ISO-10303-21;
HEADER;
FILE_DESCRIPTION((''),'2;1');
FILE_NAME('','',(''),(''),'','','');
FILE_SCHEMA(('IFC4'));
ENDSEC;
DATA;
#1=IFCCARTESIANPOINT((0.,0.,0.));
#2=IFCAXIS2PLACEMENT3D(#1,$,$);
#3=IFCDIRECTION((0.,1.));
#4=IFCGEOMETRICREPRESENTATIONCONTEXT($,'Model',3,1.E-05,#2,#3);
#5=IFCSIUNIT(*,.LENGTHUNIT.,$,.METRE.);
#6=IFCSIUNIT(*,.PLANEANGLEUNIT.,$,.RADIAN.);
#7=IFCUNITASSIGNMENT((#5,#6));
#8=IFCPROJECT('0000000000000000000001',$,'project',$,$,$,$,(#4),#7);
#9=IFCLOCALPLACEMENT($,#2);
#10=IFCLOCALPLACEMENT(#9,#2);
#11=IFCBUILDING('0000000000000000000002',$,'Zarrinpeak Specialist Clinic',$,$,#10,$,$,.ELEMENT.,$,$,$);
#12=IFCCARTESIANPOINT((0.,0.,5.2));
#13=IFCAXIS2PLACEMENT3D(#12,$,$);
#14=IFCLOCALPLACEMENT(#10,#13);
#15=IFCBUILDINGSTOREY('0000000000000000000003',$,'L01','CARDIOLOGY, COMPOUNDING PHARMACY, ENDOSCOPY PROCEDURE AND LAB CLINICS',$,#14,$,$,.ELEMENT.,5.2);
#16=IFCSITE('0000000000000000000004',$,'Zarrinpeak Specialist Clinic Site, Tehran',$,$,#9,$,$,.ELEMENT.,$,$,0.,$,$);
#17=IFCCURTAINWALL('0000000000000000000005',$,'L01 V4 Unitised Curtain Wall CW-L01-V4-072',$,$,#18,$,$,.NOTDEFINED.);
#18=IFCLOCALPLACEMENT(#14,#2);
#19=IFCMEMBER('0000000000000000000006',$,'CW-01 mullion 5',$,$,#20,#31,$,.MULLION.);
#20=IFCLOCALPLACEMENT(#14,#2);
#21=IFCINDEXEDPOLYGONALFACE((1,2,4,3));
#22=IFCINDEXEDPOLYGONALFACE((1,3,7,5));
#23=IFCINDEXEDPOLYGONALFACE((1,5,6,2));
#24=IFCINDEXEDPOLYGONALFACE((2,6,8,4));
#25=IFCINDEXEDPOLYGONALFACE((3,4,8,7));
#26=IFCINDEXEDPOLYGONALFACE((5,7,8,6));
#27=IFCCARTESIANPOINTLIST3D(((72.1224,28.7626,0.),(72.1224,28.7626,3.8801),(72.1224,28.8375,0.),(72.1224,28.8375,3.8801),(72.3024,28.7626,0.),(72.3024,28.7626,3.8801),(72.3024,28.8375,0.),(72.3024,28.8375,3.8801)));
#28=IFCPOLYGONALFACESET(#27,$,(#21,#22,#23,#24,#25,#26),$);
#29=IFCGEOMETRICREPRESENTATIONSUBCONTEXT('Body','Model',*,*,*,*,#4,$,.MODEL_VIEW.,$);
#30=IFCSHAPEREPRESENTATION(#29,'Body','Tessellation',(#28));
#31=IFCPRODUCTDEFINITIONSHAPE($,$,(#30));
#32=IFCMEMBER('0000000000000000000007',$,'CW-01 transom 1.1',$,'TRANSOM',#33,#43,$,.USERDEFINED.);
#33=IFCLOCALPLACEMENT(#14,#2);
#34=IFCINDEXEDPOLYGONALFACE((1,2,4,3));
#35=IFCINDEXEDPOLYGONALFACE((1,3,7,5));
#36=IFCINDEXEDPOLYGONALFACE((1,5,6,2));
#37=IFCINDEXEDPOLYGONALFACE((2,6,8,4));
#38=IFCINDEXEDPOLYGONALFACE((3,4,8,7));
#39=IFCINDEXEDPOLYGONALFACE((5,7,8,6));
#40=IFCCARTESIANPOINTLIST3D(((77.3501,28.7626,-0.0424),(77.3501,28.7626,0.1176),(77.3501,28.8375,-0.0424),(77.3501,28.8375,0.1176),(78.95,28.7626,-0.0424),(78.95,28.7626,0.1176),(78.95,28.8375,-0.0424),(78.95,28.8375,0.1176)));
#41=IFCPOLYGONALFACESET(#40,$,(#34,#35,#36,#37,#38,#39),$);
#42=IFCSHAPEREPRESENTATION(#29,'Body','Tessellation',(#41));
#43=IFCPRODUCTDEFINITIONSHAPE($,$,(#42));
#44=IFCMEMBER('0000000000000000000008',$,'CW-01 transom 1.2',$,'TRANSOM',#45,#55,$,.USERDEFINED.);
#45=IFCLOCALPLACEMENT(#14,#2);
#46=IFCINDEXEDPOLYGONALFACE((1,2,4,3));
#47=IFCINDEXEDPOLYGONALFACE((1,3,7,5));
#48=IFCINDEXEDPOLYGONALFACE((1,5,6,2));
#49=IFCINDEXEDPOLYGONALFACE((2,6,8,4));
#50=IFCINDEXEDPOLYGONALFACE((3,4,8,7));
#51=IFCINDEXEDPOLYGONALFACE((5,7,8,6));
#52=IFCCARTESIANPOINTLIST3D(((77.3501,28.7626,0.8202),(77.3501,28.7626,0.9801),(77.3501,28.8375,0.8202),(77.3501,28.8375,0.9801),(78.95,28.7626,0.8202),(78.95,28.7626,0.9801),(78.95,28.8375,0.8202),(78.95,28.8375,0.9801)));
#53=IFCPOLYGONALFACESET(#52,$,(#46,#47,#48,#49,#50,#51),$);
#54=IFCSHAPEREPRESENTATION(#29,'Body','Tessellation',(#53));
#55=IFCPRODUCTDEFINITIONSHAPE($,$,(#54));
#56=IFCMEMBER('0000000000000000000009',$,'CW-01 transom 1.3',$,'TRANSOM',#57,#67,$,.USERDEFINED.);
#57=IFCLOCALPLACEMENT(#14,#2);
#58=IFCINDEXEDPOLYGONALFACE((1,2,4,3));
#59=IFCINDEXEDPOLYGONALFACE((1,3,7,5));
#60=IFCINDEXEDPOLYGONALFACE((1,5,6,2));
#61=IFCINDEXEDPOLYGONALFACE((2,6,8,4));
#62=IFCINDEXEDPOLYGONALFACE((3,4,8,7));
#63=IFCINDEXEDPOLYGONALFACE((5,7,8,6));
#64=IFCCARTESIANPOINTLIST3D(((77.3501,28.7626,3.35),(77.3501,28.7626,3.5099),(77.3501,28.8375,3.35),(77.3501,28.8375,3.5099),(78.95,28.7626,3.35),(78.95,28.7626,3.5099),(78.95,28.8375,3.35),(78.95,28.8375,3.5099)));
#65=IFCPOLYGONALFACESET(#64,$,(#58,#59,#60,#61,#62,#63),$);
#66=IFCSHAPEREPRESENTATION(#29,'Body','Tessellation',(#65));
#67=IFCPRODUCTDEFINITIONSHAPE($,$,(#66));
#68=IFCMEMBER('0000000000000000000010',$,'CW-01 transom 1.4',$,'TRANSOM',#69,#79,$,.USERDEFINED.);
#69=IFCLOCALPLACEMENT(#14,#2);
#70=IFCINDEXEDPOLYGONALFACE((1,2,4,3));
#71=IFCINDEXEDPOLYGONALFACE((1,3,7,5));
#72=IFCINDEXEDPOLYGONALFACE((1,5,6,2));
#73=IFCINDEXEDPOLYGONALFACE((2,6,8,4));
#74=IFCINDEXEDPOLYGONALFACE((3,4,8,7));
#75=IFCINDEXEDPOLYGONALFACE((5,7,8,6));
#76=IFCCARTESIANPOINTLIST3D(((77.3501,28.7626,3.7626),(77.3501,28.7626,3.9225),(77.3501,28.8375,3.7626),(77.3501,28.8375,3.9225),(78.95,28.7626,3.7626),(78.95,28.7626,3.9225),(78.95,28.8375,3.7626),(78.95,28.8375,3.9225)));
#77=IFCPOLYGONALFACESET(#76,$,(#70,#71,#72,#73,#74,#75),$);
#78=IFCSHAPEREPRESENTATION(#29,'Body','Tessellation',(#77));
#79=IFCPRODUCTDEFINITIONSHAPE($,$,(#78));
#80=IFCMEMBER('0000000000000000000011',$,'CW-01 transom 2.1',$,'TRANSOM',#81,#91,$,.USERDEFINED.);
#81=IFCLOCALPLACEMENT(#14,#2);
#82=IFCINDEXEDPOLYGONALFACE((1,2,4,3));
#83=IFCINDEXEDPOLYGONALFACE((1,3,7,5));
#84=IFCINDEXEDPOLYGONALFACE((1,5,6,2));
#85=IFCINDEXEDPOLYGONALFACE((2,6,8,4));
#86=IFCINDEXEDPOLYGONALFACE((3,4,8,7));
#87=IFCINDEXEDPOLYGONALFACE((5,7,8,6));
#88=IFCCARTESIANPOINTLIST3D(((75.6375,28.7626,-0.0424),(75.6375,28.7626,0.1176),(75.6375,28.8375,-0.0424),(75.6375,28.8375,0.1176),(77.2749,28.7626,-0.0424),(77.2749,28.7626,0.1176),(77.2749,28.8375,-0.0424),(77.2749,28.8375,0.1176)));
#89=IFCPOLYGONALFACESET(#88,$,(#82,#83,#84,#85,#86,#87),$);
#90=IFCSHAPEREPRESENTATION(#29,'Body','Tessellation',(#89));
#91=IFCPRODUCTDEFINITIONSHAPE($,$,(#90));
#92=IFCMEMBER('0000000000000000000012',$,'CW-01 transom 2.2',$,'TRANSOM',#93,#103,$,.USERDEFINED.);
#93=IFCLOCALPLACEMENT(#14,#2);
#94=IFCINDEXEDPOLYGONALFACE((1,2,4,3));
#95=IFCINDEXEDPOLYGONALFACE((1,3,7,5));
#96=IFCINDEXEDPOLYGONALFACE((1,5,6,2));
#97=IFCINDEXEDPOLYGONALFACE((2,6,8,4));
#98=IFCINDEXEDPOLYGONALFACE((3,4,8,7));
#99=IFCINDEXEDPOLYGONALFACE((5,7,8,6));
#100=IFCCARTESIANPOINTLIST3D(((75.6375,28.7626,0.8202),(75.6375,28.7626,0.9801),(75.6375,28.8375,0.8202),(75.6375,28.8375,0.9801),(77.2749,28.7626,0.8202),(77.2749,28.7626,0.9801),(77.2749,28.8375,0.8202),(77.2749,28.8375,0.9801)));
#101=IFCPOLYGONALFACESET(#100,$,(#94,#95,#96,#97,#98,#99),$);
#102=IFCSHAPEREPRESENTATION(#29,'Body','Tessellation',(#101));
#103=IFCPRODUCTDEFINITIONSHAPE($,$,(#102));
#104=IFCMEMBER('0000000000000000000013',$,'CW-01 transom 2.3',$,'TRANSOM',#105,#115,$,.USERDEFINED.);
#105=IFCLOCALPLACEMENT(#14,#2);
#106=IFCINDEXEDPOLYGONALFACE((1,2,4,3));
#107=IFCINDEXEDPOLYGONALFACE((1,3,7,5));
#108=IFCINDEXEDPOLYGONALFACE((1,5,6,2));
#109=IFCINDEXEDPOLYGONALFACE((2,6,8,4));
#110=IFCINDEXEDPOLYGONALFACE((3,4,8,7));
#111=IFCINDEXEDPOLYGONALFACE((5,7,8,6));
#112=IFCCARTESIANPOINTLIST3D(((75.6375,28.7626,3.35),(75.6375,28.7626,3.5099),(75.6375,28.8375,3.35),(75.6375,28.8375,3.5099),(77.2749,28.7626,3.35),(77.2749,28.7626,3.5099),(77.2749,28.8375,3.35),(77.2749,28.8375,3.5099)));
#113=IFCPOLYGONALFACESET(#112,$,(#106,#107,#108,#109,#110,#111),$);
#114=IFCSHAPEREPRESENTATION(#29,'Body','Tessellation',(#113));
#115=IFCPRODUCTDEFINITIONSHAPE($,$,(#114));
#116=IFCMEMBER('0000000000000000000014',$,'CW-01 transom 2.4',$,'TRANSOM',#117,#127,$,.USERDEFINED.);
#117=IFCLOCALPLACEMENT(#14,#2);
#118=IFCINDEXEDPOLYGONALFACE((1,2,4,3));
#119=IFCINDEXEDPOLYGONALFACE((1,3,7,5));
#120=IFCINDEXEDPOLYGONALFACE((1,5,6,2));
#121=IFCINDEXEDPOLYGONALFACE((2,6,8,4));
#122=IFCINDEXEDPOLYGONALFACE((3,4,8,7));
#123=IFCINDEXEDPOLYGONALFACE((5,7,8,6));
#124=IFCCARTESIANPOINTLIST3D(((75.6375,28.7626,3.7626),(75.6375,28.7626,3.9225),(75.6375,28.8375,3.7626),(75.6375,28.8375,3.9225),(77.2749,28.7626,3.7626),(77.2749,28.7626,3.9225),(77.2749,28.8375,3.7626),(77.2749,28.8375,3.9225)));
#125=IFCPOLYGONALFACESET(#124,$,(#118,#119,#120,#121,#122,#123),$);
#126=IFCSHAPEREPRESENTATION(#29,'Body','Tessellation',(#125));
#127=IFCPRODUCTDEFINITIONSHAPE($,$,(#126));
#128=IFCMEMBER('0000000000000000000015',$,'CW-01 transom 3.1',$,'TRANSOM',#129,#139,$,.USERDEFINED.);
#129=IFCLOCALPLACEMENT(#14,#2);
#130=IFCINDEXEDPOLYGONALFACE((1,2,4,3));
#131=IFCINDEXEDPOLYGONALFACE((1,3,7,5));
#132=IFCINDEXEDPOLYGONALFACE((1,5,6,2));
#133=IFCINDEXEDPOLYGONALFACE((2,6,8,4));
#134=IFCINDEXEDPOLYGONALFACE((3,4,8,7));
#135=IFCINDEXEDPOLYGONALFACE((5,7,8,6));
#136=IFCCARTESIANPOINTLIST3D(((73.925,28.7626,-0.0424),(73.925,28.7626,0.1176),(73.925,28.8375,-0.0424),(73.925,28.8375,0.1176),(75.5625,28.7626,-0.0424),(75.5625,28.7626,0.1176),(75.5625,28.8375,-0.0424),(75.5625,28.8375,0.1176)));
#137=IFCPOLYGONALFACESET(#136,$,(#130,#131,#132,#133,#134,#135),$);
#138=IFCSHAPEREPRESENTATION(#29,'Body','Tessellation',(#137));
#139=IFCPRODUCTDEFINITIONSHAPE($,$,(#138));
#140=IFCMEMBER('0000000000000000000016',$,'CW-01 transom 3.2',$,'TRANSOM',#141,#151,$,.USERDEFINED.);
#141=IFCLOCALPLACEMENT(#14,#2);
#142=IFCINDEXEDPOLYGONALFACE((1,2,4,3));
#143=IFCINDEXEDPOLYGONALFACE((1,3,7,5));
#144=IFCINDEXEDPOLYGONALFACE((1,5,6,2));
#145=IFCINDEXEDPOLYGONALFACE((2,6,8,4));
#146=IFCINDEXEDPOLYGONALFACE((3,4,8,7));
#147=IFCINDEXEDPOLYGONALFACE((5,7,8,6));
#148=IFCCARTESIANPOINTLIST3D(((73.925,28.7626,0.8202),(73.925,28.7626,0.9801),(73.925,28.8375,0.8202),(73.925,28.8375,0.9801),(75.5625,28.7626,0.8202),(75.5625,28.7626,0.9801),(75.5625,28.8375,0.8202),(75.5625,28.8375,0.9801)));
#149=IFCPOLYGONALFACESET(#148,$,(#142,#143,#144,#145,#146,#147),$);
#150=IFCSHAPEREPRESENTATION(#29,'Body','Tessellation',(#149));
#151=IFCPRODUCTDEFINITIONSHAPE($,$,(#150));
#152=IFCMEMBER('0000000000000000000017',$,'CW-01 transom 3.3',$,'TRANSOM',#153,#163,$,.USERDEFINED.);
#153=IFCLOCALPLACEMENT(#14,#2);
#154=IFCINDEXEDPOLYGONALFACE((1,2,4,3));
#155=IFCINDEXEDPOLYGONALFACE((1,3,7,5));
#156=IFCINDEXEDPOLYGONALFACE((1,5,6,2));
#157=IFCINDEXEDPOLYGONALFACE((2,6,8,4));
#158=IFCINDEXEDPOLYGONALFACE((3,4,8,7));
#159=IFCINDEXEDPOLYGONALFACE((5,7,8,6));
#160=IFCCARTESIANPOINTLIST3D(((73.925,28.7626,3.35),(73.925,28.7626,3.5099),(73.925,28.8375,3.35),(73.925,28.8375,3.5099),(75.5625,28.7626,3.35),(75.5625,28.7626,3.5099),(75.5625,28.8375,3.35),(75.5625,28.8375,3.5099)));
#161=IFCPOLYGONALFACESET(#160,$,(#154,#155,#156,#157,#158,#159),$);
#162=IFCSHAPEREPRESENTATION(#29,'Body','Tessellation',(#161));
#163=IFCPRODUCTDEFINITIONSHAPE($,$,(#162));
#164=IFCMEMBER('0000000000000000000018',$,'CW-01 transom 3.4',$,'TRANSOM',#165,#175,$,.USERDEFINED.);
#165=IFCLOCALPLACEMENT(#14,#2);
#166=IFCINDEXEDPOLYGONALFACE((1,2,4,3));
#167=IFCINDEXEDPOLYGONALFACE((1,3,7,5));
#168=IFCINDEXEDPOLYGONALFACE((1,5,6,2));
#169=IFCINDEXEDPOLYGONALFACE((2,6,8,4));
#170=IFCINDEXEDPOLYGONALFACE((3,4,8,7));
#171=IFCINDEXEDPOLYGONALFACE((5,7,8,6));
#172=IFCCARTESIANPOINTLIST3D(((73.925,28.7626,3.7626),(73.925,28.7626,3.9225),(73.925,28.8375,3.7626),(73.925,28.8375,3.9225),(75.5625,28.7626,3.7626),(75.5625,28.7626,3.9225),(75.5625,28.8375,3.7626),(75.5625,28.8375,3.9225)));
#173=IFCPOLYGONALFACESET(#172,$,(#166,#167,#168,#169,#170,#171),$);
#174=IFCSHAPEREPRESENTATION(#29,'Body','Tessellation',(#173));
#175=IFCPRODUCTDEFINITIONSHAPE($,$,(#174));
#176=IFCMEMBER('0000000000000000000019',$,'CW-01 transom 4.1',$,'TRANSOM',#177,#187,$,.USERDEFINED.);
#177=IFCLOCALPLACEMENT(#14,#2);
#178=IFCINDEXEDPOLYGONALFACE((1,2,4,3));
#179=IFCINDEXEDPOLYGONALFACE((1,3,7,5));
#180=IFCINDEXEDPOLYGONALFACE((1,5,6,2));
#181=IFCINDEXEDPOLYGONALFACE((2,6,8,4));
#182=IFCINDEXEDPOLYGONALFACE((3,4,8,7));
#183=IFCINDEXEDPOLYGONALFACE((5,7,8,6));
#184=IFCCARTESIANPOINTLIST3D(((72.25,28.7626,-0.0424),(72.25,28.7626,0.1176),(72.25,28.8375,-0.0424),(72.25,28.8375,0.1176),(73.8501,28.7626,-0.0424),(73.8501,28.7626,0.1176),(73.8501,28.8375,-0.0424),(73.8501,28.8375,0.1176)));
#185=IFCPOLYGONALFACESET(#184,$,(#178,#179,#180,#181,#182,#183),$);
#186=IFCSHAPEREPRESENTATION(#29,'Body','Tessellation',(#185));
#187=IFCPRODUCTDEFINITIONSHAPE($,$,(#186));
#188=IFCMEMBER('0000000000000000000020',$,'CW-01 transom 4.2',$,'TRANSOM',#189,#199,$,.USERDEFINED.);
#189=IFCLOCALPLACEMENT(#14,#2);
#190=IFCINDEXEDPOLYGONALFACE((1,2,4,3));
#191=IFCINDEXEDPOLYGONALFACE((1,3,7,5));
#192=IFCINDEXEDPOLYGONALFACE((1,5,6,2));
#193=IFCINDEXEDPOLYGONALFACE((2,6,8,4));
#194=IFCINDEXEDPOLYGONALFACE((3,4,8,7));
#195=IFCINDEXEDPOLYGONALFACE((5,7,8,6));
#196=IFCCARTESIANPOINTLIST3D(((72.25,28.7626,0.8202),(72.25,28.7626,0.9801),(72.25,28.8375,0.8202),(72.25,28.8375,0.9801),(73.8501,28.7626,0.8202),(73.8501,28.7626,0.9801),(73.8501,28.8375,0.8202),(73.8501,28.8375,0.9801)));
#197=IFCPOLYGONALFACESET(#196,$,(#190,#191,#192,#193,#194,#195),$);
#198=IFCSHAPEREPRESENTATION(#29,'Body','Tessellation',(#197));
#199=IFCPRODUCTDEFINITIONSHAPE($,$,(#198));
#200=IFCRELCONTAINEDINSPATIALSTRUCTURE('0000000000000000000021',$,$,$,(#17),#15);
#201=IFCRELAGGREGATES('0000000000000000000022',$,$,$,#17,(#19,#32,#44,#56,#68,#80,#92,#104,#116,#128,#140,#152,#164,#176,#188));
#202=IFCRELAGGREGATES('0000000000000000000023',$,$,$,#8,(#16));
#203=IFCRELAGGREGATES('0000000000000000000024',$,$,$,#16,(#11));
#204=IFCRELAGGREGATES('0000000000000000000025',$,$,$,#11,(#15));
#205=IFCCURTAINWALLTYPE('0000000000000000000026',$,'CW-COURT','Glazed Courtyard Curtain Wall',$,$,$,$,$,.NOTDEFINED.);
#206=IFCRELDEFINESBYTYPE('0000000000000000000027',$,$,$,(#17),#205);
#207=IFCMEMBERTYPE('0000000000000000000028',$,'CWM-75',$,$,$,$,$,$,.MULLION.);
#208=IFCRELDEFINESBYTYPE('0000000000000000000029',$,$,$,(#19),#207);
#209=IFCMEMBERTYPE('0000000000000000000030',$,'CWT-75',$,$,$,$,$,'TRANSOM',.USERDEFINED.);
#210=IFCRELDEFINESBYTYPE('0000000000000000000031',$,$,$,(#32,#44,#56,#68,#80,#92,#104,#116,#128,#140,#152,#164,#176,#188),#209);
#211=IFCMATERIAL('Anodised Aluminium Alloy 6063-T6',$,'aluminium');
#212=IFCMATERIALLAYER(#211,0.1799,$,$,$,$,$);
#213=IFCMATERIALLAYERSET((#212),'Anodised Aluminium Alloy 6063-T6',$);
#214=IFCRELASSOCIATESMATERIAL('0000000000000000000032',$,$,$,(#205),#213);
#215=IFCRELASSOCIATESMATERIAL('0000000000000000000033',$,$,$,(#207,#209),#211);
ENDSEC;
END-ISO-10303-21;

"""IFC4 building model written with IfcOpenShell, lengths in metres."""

from ifc_helpers import new_model, si_unit, direction, frame, origin, origin_2d, place, context, subcontext, project, spatial, rectangle, extrude, material, layer, layer_set, material_profile, profile_set, type_object, element, aggregate, save


model = new_model("IFC4")

# Units and contexts
model_context = context("Model", 3, precision=1e-05, world=origin(), true_north=direction((0.0, 1.0)))
body_context = subcontext(model_context, "Body", "Model", "MODEL_VIEW")
ifc_project = project(units=[si_unit("LENGTHUNIT", "METRE"), si_unit("PLANEANGLEUNIT", "RADIAN")], contexts=[model_context])

# Site, building, storey
site_placement = place(None, origin())
site = spatial("IfcSite", under=ifc_project, at=site_placement, Name="Zarrinpeak Specialist Clinic Site, Tehran", CompositionType="ELEMENT", RefElevation=0.0)
building_placement = place(site_placement, origin())
building = spatial("IfcBuilding", under=site, at=building_placement, Name="Zarrinpeak Specialist Clinic", CompositionType="ELEMENT")
storey_placement = place(building_placement, frame((0.0, 0.0, 5.2)))
storey = spatial("IfcBuildingStorey", under=building, at=storey_placement, Name="L01", Description="CARDIOLOGY, COMPOUNDING PHARMACY, ENDOSCOPY PROCEDURE AND LAB CLINICS", CompositionType="ELEMENT", Elevation=5.2)

# Curtain wall, members
ifc_material_1 = material(Name="Anodised Aluminium Alloy 6063-T6", Category="aluminium")
ifc_layer_1 = layer(ifc_material_1, 0.1799)
ifc_layer_set_1 = layer_set([ifc_layer_1], Name="Anodised Aluminium Alloy 6063-T6")
curtain_wall_type = type_object("IfcCurtainWallType", Name="CW-COURT", Description="Glazed Courtyard Curtain Wall", PredefinedType="NOTDEFINED", material=ifc_layer_set_1)
curtain_wall_placement = place(storey_placement, origin())
curtain_wall = element("IfcCurtainWall", 1, at=curtain_wall_placement, inside=storey, type_object=curtain_wall_type, Name="L01 V4 Unitised Curtain Wall CW-L01-V4-072", PredefinedType="NOTDEFINED")
ifc_material_profile_1 = material_profile(ifc_material_1, rectangle(XDim=0.075, YDim=0.1799, at=origin_2d()), Name="ALU 75x180")
ifc_profile_set_1 = profile_set([ifc_material_profile_1], Name="Anodised Aluminium Alloy 6063-T6")
member_type_1 = type_object("IfcMemberType", Name="CWM-75", PredefinedType="MULLION", material=ifc_profile_set_1)
member_1_placement = place(storey_placement, frame((72.2124, 28.8, 0.0), z_axis=(0.0, 0.0, 1.0), x_axis=(0.0, -1.0, 0.0)))
member_1 = element("IfcMember", 2, at=member_1_placement, type_object=member_type_1, Name="CW-01 mullion 5", PredefinedType="MULLION", context=body_context, shape_type="SweptSolid", body=[
    extrude(rectangle(XDim=0.075, YDim=0.1799, at=origin_2d()), origin(), (0.0, 0.0, 1.0), 3.8801),
])
ifc_material_profile_2 = material_profile(ifc_material_1, rectangle(XDim=0.075, YDim=0.1599, at=origin_2d()), Name="ALU 75x160")
ifc_profile_set_2 = profile_set([ifc_material_profile_2], Name="Anodised Aluminium Alloy 6063-T6")
member_type_2 = type_object("IfcMemberType", Name="CWT-75", ElementType="TRANSOM", PredefinedType="USERDEFINED", material=ifc_profile_set_2)
member_2_placement = place(storey_placement, frame((78.95, 28.8, 0.0376), z_axis=(-1.0, 0.0, 0.0), x_axis=(0.0, -1.0, 0.0)))
member_2 = element("IfcMember", 3, at=member_2_placement, type_object=member_type_2, Name="CW-01 transom 1.1", ObjectType="TRANSOM", PredefinedType="USERDEFINED", context=body_context, shape_type="SweptSolid", body=[
    extrude(rectangle(XDim=0.075, YDim=0.1599, at=origin_2d()), origin(), (0.0, 0.0, 1.0), 1.5999),
])
member_3_placement = place(storey_placement, frame((78.95, 28.8, 0.9001), z_axis=(-1.0, 0.0, 0.0), x_axis=(0.0, -1.0, 0.0)))
member_3 = element("IfcMember", 4, at=member_3_placement, type_object=member_type_2, Name="CW-01 transom 1.2", ObjectType="TRANSOM", PredefinedType="USERDEFINED", context=body_context, shape_type="SweptSolid", body=[
    extrude(rectangle(XDim=0.075, YDim=0.1599, at=origin_2d()), origin(), (0.0, 0.0, 1.0), 1.5999),
])
member_4_placement = place(storey_placement, frame((78.95, 28.8, 3.4299), z_axis=(-1.0, 0.0, 0.0), x_axis=(0.0, -1.0, 0.0)))
member_4 = element("IfcMember", 5, at=member_4_placement, type_object=member_type_2, Name="CW-01 transom 1.3", ObjectType="TRANSOM", PredefinedType="USERDEFINED", context=body_context, shape_type="SweptSolid", body=[
    extrude(rectangle(XDim=0.075, YDim=0.1599, at=origin_2d()), origin(), (0.0, 0.0, 1.0), 1.5999),
])
member_5_placement = place(storey_placement, frame((78.95, 28.8, 3.8425), z_axis=(-1.0, 0.0, 0.0), x_axis=(0.0, -1.0, 0.0)))
member_5 = element("IfcMember", 6, at=member_5_placement, type_object=member_type_2, Name="CW-01 transom 1.4", ObjectType="TRANSOM", PredefinedType="USERDEFINED", context=body_context, shape_type="SweptSolid", body=[
    extrude(rectangle(XDim=0.075, YDim=0.1599, at=origin_2d()), origin(), (0.0, 0.0, 1.0), 1.5999),
])
member_6_placement = place(storey_placement, frame((77.2749, 28.8, 0.0376), z_axis=(-1.0, 0.0, 0.0), x_axis=(0.0, -1.0, 0.0)))
member_6 = element("IfcMember", 7, at=member_6_placement, type_object=member_type_2, Name="CW-01 transom 2.1", ObjectType="TRANSOM", PredefinedType="USERDEFINED", context=body_context, shape_type="SweptSolid", body=[
    extrude(rectangle(XDim=0.075, YDim=0.1599, at=origin_2d()), origin(), (0.0, 0.0, 1.0), 1.6375),
])
member_7_placement = place(storey_placement, frame((77.2749, 28.8, 0.9001), z_axis=(-1.0, 0.0, 0.0), x_axis=(0.0, -1.0, 0.0)))
member_7 = element("IfcMember", 8, at=member_7_placement, type_object=member_type_2, Name="CW-01 transom 2.2", ObjectType="TRANSOM", PredefinedType="USERDEFINED", context=body_context, shape_type="SweptSolid", body=[
    extrude(rectangle(XDim=0.075, YDim=0.1599, at=origin_2d()), origin(), (0.0, 0.0, 1.0), 1.6375),
])
member_8_placement = place(storey_placement, frame((77.2749, 28.8, 3.4299), z_axis=(-1.0, 0.0, 0.0), x_axis=(0.0, -1.0, 0.0)))
member_8 = element("IfcMember", 9, at=member_8_placement, type_object=member_type_2, Name="CW-01 transom 2.3", ObjectType="TRANSOM", PredefinedType="USERDEFINED", context=body_context, shape_type="SweptSolid", body=[
    extrude(rectangle(XDim=0.075, YDim=0.1599, at=origin_2d()), origin(), (0.0, 0.0, 1.0), 1.6375),
])
member_9_placement = place(storey_placement, frame((77.2749, 28.8, 3.8425), z_axis=(-1.0, 0.0, 0.0), x_axis=(0.0, -1.0, 0.0)))
member_9 = element("IfcMember", 10, at=member_9_placement, type_object=member_type_2, Name="CW-01 transom 2.4", ObjectType="TRANSOM", PredefinedType="USERDEFINED", context=body_context, shape_type="SweptSolid", body=[
    extrude(rectangle(XDim=0.075, YDim=0.1599, at=origin_2d()), origin(), (0.0, 0.0, 1.0), 1.6375),
])
member_10_placement = place(storey_placement, frame((75.5625, 28.8, 0.0376), z_axis=(-1.0, 0.0, 0.0), x_axis=(0.0, -1.0, 0.0)))
member_10 = element("IfcMember", 11, at=member_10_placement, type_object=member_type_2, Name="CW-01 transom 3.1", ObjectType="TRANSOM", PredefinedType="USERDEFINED", context=body_context, shape_type="SweptSolid", body=[
    extrude(rectangle(XDim=0.075, YDim=0.1599, at=origin_2d()), origin(), (0.0, 0.0, 1.0), 1.6375),
])
member_11_placement = place(storey_placement, frame((75.5625, 28.8, 0.9001), z_axis=(-1.0, 0.0, 0.0), x_axis=(0.0, -1.0, 0.0)))
member_11 = element("IfcMember", 12, at=member_11_placement, type_object=member_type_2, Name="CW-01 transom 3.2", ObjectType="TRANSOM", PredefinedType="USERDEFINED", context=body_context, shape_type="SweptSolid", body=[
    extrude(rectangle(XDim=0.075, YDim=0.1599, at=origin_2d()), origin(), (0.0, 0.0, 1.0), 1.6375),
])
member_12_placement = place(storey_placement, frame((75.5625, 28.8, 3.4299), z_axis=(-1.0, 0.0, 0.0), x_axis=(0.0, -1.0, 0.0)))
member_12 = element("IfcMember", 13, at=member_12_placement, type_object=member_type_2, Name="CW-01 transom 3.3", ObjectType="TRANSOM", PredefinedType="USERDEFINED", context=body_context, shape_type="SweptSolid", body=[
    extrude(rectangle(XDim=0.075, YDim=0.1599, at=origin_2d()), origin(), (0.0, 0.0, 1.0), 1.6375),
])
member_13_placement = place(storey_placement, frame((75.5625, 28.8, 3.8425), z_axis=(-1.0, 0.0, 0.0), x_axis=(0.0, -1.0, 0.0)))
member_13 = element("IfcMember", 14, at=member_13_placement, type_object=member_type_2, Name="CW-01 transom 3.4", ObjectType="TRANSOM", PredefinedType="USERDEFINED", context=body_context, shape_type="SweptSolid", body=[
    extrude(rectangle(XDim=0.075, YDim=0.1599, at=origin_2d()), origin(), (0.0, 0.0, 1.0), 1.6375),
])
member_14_placement = place(storey_placement, frame((73.8501, 28.8, 0.0376), z_axis=(-1.0, 0.0, 0.0), x_axis=(0.0, -1.0, 0.0)))
member_14 = element("IfcMember", 15, at=member_14_placement, type_object=member_type_2, Name="CW-01 transom 4.1", ObjectType="TRANSOM", PredefinedType="USERDEFINED", context=body_context, shape_type="SweptSolid", body=[
    extrude(rectangle(XDim=0.075, YDim=0.1599, at=origin_2d()), origin(), (0.0, 0.0, 1.0), 1.6001),
])
member_15_placement = place(storey_placement, frame((73.8501, 28.8, 0.9001), z_axis=(-1.0, 0.0, 0.0), x_axis=(0.0, -1.0, 0.0)))
member_15 = element("IfcMember", 16, at=member_15_placement, type_object=member_type_2, Name="CW-01 transom 4.2", ObjectType="TRANSOM", PredefinedType="USERDEFINED", context=body_context, shape_type="SweptSolid", body=[
    extrude(rectangle(XDim=0.075, YDim=0.1599, at=origin_2d()), origin(), (0.0, 0.0, 1.0), 1.6001),
])
aggregate(curtain_wall, [member_1, member_2, member_3, member_4, member_5, member_6, member_7, member_8, member_9, member_10, member_11, member_12, member_13, member_14, member_15])

save(model, "model.ifc")
